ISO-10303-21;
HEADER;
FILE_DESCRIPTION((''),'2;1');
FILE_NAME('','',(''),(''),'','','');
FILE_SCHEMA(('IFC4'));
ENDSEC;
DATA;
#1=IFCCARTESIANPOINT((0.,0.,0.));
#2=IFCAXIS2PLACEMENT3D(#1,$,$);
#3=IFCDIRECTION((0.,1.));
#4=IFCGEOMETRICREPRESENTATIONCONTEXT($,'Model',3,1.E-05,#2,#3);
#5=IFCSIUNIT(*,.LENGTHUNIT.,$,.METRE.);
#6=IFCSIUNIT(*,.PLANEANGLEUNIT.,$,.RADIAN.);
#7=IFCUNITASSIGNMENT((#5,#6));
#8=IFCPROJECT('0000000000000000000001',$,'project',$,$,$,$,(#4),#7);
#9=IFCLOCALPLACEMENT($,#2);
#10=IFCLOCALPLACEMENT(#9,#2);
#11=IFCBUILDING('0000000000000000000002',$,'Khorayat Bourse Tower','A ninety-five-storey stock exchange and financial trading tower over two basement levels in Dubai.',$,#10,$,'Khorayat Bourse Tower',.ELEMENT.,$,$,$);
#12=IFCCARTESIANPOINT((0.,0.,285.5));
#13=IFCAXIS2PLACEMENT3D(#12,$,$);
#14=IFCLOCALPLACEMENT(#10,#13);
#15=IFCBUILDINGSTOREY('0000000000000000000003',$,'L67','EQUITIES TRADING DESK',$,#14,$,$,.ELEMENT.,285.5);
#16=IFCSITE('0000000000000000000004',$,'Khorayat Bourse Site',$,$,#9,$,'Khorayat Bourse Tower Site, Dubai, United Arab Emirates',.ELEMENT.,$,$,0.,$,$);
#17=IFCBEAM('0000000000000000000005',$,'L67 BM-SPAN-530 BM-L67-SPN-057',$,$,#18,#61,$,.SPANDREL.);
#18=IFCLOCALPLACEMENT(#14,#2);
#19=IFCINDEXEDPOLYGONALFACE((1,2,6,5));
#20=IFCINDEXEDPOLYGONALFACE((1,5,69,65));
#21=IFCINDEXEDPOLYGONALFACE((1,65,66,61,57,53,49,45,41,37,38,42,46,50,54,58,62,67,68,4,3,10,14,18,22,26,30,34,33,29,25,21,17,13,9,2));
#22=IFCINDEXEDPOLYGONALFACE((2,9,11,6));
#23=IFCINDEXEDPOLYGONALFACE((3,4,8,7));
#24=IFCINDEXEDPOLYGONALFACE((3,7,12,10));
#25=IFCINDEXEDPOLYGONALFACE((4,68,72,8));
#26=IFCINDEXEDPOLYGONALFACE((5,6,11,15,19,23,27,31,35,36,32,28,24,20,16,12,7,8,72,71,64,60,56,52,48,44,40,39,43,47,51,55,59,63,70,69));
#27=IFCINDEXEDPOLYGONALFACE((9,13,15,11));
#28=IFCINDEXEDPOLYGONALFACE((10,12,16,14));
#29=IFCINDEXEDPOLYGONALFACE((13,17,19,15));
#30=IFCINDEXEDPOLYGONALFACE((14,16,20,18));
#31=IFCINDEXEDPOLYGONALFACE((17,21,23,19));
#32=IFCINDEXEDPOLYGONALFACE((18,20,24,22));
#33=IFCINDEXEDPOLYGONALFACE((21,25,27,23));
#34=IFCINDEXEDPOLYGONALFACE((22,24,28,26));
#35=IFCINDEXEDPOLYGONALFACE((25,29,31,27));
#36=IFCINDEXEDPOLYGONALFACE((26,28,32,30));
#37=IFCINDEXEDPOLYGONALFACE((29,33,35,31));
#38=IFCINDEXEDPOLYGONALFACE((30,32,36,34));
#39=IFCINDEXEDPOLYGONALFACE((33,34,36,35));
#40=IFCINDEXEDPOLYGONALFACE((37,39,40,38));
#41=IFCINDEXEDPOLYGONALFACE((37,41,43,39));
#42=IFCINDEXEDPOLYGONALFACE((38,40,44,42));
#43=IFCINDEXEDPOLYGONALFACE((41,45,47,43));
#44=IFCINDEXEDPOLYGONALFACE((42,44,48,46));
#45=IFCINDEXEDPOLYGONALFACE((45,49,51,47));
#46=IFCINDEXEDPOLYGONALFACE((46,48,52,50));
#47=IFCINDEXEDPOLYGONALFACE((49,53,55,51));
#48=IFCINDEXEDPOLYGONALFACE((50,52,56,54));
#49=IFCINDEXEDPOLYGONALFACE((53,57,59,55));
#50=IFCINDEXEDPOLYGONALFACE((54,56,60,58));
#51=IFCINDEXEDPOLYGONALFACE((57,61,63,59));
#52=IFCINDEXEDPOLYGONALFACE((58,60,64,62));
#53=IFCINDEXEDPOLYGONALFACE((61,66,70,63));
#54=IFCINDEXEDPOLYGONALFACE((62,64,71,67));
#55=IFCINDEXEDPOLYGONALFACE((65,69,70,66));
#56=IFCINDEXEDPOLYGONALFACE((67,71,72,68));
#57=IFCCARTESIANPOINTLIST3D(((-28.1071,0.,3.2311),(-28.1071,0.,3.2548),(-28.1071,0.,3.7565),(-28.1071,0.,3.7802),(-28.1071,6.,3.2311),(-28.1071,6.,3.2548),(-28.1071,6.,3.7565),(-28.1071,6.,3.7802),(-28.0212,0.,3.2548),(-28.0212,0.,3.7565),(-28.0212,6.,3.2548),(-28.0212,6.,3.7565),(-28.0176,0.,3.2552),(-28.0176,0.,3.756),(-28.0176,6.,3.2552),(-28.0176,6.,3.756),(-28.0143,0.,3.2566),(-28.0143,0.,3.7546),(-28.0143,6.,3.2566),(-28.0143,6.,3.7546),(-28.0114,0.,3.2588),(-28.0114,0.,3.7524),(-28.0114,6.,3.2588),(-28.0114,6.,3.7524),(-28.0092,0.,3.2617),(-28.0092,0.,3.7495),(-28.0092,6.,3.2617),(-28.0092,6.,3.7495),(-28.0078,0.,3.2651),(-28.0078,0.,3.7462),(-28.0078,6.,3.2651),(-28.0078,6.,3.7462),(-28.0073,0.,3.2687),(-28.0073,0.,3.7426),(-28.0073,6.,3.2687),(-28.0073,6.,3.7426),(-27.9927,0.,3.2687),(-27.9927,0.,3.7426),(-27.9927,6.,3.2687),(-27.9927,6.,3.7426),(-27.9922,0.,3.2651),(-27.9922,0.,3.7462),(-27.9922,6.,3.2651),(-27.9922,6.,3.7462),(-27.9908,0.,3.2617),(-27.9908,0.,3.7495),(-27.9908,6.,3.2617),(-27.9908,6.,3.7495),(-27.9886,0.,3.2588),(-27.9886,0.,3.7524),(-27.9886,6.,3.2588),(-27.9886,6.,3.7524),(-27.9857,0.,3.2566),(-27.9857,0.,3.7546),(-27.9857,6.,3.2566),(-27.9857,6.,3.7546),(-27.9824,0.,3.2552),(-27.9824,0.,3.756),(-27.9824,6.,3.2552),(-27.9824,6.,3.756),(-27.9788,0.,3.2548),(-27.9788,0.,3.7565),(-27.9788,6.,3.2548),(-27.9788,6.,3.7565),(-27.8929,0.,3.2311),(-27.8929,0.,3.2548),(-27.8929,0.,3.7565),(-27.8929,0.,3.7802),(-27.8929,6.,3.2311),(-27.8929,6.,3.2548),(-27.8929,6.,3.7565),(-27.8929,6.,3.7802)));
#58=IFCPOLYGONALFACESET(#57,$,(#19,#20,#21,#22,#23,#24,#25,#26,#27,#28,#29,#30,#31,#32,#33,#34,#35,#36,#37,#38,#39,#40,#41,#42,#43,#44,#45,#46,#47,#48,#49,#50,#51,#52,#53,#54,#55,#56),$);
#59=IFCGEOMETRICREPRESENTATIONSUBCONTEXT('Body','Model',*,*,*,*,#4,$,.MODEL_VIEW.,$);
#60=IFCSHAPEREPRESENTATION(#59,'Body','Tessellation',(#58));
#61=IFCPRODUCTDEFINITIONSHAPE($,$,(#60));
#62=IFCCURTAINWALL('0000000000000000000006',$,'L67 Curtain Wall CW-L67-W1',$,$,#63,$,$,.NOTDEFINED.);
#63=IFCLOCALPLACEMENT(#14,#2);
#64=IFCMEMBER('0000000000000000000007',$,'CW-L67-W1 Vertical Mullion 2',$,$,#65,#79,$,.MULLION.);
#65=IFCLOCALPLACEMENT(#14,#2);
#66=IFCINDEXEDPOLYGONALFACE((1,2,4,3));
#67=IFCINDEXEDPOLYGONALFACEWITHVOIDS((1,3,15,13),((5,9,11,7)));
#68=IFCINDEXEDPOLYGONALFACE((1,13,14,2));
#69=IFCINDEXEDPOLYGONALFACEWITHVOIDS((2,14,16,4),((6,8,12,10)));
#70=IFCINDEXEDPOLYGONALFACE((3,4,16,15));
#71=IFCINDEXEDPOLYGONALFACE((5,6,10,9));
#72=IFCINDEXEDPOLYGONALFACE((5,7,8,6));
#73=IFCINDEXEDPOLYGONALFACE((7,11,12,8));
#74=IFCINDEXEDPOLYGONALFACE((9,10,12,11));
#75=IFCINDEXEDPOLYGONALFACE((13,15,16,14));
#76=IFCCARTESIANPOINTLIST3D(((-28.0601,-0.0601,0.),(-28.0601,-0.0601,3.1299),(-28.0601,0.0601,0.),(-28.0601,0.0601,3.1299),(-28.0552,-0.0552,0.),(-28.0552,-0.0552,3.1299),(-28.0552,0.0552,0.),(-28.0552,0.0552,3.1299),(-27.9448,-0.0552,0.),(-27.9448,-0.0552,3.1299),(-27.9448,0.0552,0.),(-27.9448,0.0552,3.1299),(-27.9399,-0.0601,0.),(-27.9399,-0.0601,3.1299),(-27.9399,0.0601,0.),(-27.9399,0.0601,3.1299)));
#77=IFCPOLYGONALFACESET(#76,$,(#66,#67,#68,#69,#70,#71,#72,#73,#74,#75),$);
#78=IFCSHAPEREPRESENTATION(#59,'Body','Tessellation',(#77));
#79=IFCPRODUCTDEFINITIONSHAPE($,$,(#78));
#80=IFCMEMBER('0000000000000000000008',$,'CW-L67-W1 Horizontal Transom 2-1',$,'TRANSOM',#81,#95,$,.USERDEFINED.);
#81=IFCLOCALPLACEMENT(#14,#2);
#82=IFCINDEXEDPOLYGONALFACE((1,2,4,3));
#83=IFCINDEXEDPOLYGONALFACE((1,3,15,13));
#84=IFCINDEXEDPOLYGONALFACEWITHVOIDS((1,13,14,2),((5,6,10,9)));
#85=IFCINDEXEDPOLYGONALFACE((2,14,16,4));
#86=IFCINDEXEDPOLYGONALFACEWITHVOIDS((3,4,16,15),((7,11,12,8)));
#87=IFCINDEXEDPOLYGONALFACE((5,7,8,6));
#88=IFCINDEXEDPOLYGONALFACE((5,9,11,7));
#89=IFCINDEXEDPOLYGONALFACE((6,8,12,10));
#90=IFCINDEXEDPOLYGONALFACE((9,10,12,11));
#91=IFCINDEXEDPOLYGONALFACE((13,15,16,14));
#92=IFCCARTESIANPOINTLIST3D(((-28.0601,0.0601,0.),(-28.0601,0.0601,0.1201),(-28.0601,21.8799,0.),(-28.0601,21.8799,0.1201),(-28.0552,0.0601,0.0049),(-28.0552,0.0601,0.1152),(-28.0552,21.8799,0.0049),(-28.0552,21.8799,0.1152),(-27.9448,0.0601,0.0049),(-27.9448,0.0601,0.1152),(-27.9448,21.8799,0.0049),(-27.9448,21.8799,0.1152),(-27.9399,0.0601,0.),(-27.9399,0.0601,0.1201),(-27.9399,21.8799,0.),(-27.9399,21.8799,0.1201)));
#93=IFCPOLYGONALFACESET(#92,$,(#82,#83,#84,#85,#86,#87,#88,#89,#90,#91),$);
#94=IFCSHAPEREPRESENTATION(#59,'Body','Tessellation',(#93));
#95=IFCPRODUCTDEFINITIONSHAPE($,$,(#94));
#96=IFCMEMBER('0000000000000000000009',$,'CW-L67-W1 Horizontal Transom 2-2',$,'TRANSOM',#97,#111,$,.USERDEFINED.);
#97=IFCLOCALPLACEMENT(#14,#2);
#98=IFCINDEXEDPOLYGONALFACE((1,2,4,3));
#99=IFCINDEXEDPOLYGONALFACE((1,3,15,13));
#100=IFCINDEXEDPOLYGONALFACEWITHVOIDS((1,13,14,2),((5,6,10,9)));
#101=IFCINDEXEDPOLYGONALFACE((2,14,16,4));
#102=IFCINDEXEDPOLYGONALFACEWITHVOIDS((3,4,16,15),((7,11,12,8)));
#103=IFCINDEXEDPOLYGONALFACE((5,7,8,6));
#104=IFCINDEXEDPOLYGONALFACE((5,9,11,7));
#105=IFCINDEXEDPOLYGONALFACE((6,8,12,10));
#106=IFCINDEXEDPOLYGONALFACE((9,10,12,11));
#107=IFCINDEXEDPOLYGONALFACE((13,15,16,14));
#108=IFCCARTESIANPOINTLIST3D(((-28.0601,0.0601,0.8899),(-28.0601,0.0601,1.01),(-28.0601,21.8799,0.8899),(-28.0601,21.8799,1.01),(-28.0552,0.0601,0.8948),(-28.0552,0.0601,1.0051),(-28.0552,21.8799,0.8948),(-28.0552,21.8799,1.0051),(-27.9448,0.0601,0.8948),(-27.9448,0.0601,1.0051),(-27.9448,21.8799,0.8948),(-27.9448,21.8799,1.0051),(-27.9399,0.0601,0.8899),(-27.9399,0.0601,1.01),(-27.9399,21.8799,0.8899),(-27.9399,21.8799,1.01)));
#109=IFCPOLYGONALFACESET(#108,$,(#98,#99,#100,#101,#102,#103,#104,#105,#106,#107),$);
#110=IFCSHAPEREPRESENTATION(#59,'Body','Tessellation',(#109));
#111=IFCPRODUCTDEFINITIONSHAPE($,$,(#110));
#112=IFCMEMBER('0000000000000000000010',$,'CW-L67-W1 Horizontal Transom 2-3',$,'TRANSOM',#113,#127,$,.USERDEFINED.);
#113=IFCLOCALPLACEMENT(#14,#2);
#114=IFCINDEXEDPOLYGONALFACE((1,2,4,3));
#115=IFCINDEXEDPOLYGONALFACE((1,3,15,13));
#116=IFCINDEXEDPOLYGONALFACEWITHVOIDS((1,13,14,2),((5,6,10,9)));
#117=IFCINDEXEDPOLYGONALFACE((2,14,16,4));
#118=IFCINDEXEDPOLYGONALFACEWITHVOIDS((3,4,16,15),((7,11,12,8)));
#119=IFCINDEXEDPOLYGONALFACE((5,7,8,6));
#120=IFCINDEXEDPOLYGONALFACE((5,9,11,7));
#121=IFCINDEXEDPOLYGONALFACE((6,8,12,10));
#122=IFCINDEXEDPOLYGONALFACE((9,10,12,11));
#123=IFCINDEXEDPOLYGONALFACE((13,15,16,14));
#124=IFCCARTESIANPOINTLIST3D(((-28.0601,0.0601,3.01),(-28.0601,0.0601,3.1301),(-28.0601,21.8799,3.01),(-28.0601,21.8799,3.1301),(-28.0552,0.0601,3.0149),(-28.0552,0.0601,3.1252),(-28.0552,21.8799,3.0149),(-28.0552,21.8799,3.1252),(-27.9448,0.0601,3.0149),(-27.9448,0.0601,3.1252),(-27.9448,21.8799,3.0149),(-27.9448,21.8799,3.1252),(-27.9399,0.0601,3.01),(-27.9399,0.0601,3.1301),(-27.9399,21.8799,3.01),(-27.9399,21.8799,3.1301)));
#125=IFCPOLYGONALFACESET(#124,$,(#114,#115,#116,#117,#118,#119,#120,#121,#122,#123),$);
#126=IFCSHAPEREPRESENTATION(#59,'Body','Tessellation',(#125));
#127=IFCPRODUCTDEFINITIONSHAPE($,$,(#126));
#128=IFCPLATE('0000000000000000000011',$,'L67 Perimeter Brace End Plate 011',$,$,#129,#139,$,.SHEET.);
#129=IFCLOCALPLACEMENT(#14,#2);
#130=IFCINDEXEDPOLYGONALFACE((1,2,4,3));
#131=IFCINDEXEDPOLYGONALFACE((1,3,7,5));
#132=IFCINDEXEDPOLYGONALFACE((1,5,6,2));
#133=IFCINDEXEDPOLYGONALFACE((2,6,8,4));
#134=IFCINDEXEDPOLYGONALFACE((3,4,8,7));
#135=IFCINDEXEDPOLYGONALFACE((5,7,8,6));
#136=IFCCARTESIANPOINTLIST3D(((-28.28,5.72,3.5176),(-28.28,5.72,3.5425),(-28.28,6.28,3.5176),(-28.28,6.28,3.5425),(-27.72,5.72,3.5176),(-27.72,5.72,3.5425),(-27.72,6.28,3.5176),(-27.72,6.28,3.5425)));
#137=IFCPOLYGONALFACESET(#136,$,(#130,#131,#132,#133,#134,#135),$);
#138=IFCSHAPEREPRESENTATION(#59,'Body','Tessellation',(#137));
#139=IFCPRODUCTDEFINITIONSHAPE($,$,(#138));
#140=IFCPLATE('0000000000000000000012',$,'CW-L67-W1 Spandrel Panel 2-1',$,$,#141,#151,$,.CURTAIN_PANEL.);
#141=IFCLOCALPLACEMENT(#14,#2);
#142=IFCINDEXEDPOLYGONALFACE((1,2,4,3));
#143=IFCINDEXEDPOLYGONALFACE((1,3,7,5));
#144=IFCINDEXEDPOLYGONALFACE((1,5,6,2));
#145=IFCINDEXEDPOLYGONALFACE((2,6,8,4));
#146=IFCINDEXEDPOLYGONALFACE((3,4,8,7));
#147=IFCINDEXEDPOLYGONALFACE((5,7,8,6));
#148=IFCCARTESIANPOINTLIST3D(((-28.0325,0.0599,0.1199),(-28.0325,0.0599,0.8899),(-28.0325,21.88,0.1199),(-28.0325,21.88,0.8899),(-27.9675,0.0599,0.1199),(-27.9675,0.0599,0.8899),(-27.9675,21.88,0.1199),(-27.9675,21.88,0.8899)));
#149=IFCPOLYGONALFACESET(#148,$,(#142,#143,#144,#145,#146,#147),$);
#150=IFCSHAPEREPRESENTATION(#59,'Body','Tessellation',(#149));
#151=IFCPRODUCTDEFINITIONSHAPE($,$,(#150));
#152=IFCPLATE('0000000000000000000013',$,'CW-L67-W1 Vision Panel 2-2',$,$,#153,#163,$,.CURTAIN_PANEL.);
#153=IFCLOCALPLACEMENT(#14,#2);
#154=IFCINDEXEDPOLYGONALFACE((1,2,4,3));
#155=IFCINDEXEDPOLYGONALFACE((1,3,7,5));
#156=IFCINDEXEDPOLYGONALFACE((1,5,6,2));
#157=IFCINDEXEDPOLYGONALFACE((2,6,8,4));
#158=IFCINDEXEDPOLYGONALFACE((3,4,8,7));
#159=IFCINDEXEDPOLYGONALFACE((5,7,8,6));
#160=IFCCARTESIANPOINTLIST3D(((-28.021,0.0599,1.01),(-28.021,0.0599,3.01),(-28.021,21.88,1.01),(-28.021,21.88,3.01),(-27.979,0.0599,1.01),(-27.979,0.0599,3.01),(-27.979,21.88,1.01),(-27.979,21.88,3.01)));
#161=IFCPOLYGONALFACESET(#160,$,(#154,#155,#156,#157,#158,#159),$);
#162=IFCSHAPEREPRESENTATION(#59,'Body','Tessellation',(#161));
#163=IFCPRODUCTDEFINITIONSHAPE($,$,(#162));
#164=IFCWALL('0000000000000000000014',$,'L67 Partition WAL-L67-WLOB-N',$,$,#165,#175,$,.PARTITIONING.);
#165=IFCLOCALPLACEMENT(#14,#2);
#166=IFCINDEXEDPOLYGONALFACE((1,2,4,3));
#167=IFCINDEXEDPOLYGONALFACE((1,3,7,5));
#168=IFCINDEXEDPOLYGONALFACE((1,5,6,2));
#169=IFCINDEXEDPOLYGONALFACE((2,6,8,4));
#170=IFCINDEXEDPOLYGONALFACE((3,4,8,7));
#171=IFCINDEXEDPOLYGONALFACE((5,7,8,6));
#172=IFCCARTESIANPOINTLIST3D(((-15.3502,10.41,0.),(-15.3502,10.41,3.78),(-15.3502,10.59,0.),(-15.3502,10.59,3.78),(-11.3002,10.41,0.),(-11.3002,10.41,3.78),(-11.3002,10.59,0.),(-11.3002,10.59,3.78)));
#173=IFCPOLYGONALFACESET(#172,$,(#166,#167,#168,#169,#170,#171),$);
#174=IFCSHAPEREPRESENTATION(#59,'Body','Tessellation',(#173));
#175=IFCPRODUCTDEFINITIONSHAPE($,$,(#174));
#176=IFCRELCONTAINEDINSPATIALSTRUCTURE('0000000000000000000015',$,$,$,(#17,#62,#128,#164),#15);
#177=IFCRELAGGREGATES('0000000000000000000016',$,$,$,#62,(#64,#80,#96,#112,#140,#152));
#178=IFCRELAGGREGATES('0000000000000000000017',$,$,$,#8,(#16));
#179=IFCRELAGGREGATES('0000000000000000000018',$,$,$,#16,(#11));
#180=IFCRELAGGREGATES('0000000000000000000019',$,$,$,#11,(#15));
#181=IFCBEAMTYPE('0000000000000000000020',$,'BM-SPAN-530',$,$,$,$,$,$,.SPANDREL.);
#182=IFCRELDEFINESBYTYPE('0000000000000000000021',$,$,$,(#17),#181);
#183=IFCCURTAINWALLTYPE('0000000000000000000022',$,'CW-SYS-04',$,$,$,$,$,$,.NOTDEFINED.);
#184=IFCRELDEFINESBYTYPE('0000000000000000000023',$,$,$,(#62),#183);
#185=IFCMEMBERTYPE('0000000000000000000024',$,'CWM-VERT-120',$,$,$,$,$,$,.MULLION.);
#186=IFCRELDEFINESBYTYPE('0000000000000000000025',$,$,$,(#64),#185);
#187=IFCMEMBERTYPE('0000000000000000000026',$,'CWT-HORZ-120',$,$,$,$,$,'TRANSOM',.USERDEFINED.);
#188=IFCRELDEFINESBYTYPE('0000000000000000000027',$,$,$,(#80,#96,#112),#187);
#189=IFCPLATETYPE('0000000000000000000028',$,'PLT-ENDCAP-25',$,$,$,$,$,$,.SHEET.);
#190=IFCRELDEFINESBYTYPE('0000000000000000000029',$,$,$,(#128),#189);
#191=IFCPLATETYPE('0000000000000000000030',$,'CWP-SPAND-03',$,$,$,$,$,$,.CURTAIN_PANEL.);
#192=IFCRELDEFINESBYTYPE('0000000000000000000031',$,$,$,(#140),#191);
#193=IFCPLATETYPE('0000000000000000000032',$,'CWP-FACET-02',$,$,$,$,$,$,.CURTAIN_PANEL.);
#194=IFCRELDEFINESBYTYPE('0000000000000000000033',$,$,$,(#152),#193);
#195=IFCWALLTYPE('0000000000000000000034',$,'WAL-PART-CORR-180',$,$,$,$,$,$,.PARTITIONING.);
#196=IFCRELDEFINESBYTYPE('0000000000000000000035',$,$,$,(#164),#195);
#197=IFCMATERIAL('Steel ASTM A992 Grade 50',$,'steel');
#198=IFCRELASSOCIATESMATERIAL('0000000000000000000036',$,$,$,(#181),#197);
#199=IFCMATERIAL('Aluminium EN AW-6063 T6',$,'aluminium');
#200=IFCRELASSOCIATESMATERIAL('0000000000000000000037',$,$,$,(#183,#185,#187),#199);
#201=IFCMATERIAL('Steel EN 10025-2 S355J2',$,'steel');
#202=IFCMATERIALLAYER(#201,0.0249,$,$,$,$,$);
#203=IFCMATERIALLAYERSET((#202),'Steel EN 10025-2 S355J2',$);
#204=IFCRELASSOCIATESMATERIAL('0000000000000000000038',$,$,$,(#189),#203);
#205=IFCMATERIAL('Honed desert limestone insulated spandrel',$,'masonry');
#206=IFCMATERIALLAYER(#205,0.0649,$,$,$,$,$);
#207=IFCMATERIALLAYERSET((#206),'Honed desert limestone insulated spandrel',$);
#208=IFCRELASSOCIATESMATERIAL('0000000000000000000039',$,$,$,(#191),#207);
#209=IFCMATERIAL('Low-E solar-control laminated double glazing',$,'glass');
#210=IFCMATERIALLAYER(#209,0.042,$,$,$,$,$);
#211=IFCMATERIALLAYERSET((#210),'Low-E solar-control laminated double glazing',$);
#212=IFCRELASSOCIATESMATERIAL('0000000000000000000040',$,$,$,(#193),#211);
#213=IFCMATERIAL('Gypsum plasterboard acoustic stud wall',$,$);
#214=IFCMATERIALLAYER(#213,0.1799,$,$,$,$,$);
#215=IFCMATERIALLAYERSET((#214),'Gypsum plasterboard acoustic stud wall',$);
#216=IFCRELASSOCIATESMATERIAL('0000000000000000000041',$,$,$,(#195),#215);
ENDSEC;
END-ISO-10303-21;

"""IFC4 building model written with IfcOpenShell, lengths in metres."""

from ifc_helpers import new_model, si_unit, direction, frame, frame_2d, origin, origin_2d, place, context, subcontext, project, spatial, rectangle, hollow_rectangle, i_section, extrude, source, transform, mapped, material, layer, layer_set, material_profile, profile_set, type_object, element, aggregate, save


model = new_model("IFC4")

# Units and contexts
model_context = context("Model", 3, precision=1e-05, world=origin(), true_north=direction((0.0, 1.0)))
body_context = subcontext(model_context, "Body", "Model", "MODEL_VIEW")
ifc_project = project(units=[si_unit("LENGTHUNIT", "METRE"), si_unit("PLANEANGLEUNIT", "RADIAN")], contexts=[model_context])

# Site, building, storey
site_placement = place(None, origin())
site = spatial("IfcSite", under=ifc_project, at=site_placement, Name="Khorayat Bourse Site", LongName="Khorayat Bourse Tower Site, Dubai, United Arab Emirates", CompositionType="ELEMENT", RefElevation=0.0)
building_placement = place(site_placement, origin())
building = spatial("IfcBuilding", under=site, at=building_placement, Name="Khorayat Bourse Tower", Description="A ninety-five-storey stock exchange and financial trading tower over two basement levels in Dubai.", LongName="Khorayat Bourse Tower", CompositionType="ELEMENT")
storey_placement = place(building_placement, frame((0.0, 0.0, 285.5)))
storey = spatial("IfcBuildingStorey", under=building, at=storey_placement, Name="L67", Description="EQUITIES TRADING DESK", CompositionType="ELEMENT", Elevation=285.5)

# Beam
ifc_material_1 = material(Name="Steel ASTM A992 Grade 50", Category="steel")
ifc_material_profile_1 = material_profile(ifc_material_1, i_section(OverallWidth=0.2141, OverallDepth=0.5491, WebThickness=0.0146, FlangeThickness=0.0237, FilletRadius=0.0139, at=origin_2d()), Name="W530X138")
ifc_profile_set_1 = profile_set([ifc_material_profile_1], Name="Steel ASTM A992 Grade 50")
beam_type_1 = type_object("IfcBeamType", Name="BM-SPAN-530", PredefinedType="SPANDREL", material=ifc_profile_set_1)
shared_shape_1 = source(origin(), body_context, "Body", "SweptSolid", [
    extrude(i_section(OverallWidth=0.2141, OverallDepth=0.5491, WebThickness=0.0146, FlangeThickness=0.0237, FilletRadius=0.0139, at=origin_2d()), origin(), (0.0, 0.0, 1.0), 6.0),
])
beam_1_placement = place(storey_placement, frame((-28.0, 0.0, 3.5056), z_axis=(0.0, 1.0, 0.0), x_axis=(-1.0, 0.0, 0.0)))
element("IfcBeam", 1, at=beam_1_placement, inside=storey, type_object=beam_type_1, Name="L67 BM-SPAN-530 BM-L67-SPN-057", PredefinedType="SPANDREL", context=body_context, shape_type="MappedRepresentation", body=[
    mapped(shared_shape_1, transform((0.0, 0.0, 0.0), scale=1.0)),
])

# Curtain wall, members
ifc_material_2 = material(Name="Aluminium EN AW-6063 T6", Category="aluminium")
curtain_wall_type = type_object("IfcCurtainWallType", Name="CW-SYS-04", PredefinedType="NOTDEFINED", material=ifc_material_2)
curtain_wall_placement = place(storey_placement, origin())
curtain_wall = element("IfcCurtainWall", 2, at=curtain_wall_placement, inside=storey, type_object=curtain_wall_type, Name="L67 Curtain Wall CW-L67-W1", PredefinedType="NOTDEFINED")
ifc_material_profile_2 = material_profile(ifc_material_2, hollow_rectangle(XDim=0.1201, YDim=0.1201, WallThickness=0.0049, at=origin_2d()), Name="ALU 120x120x5")
ifc_profile_set_2 = profile_set([ifc_material_profile_2], Name="Aluminium EN AW-6063 T6")
member_type_1 = type_object("IfcMemberType", Name="CWM-VERT-120", PredefinedType="MULLION", material=ifc_profile_set_2)
shared_shape_2 = source(origin(), body_context, "Body", "SweptSolid", [
    extrude(hollow_rectangle(XDim=0.1201, YDim=0.1201, WallThickness=0.0049, at=origin_2d()), origin(), (0.0, 0.0, 1.0), 3.1299),
])
member_1_placement = place(storey_placement, frame((-28.0, 0.0, 0.0), z_axis=(0.0, 0.0, 1.0), x_axis=(-1.0, 0.0, 0.0)))
member_1 = element("IfcMember", 3, at=member_1_placement, type_object=member_type_1, Name="CW-L67-W1 Vertical Mullion 2", PredefinedType="MULLION", context=body_context, shape_type="MappedRepresentation", body=[
    mapped(shared_shape_2, transform((0.0, 0.0, 0.0), scale=1.0)),
])
ifc_material_profile_3 = material_profile(ifc_material_2, hollow_rectangle(XDim=0.1201, YDim=0.1201, WallThickness=0.0049, at=origin_2d()), Name="ALU 120x120x5")
ifc_profile_set_3 = profile_set([ifc_material_profile_3], Name="Aluminium EN AW-6063 T6")
member_type_2 = type_object("IfcMemberType", Name="CWT-HORZ-120", ElementType="TRANSOM", PredefinedType="USERDEFINED", material=ifc_profile_set_3)
shared_shape_3 = source(origin(), body_context, "Body", "SweptSolid", [
    extrude(hollow_rectangle(XDim=0.1201, YDim=0.1201, WallThickness=0.0049, at=origin_2d()), origin(), (0.0, 0.0, 1.0), 21.8198),
])
member_2_placement = place(storey_placement, frame((-28.0, 0.0601, 0.0601), z_axis=(0.0, 1.0, 0.0), x_axis=(-1.0, 0.0, 0.0)))
member_2 = element("IfcMember", 4, at=member_2_placement, type_object=member_type_2, Name="CW-L67-W1 Horizontal Transom 2-1", ObjectType="TRANSOM", PredefinedType="USERDEFINED", context=body_context, shape_type="MappedRepresentation", body=[
    mapped(shared_shape_3, transform((0.0, 0.0, 0.0), scale=1.0)),
])
member_3_placement = place(storey_placement, frame((-28.0, 0.0601, 0.95), z_axis=(0.0, 1.0, 0.0), x_axis=(-1.0, 0.0, 0.0)))
member_3 = element("IfcMember", 5, at=member_3_placement, type_object=member_type_2, Name="CW-L67-W1 Horizontal Transom 2-2", ObjectType="TRANSOM", PredefinedType="USERDEFINED", context=body_context, shape_type="MappedRepresentation", body=[
    mapped(shared_shape_3, transform((0.0, 0.0, 0.0), scale=1.0)),
])
member_4_placement = place(storey_placement, frame((-28.0, 0.0601, 3.0701), z_axis=(0.0, 1.0, 0.0), x_axis=(-1.0, 0.0, 0.0)))
member_4 = element("IfcMember", 6, at=member_4_placement, type_object=member_type_2, Name="CW-L67-W1 Horizontal Transom 2-3", ObjectType="TRANSOM", PredefinedType="USERDEFINED", context=body_context, shape_type="MappedRepresentation", body=[
    mapped(shared_shape_3, transform((0.0, 0.0, 0.0), scale=1.0)),
])

# Plates
ifc_material_3 = material(Name="Steel EN 10025-2 S355J2", Category="steel")
ifc_layer_1 = layer(ifc_material_3, 0.0249)
ifc_layer_set_1 = layer_set([ifc_layer_1], Name="Steel EN 10025-2 S355J2")
plate_type_1 = type_object("IfcPlateType", Name="PLT-ENDCAP-25", PredefinedType="SHEET", material=ifc_layer_set_1)
shared_shape_4 = source(origin(), body_context, "Body", "SweptSolid", [
    extrude(rectangle(XDim=0.5601, YDim=0.5601, at=origin_2d()), origin(), (0.0, 0.0, 1.0), 0.0249),
])
plate_1_placement = place(storey_placement, frame((-28.0, 6.0, 3.5176), z_axis=(0.0, 0.0, 1.0), x_axis=(1.0, 0.0, 0.0)))
element("IfcPlate", 7, at=plate_1_placement, inside=storey, type_object=plate_type_1, Name="L67 Perimeter Brace End Plate 011", PredefinedType="SHEET", context=body_context, shape_type="MappedRepresentation", body=[
    mapped(shared_shape_4, transform((0.0, 0.0, 0.0), scale=1.0)),
])
ifc_material_4 = material(Name="Honed desert limestone insulated spandrel", Category="masonry")
ifc_layer_2 = layer(ifc_material_4, 0.0649)
ifc_layer_set_2 = layer_set([ifc_layer_2], Name="Honed desert limestone insulated spandrel")
plate_type_2 = type_object("IfcPlateType", Name="CWP-SPAND-03", PredefinedType="CURTAIN_PANEL", material=ifc_layer_set_2)
shared_shape_5 = source(origin(), body_context, "Body", "SweptSolid", [
    extrude(rectangle(XDim=21.8201, YDim=0.0649, at=origin_2d()), origin(), (0.0, 0.0, 1.0), 0.77),
])
plate_2_placement = place(storey_placement, frame((-28.0, 10.97, 0.1199), z_axis=(0.0, 0.0, 1.0), x_axis=(0.0, 1.0, 0.0)))
plate_2 = element("IfcPlate", 8, at=plate_2_placement, type_object=plate_type_2, Name="CW-L67-W1 Spandrel Panel 2-1", PredefinedType="CURTAIN_PANEL", context=body_context, shape_type="MappedRepresentation", body=[
    mapped(shared_shape_5, transform((0.0, 0.0, 0.0), scale=1.0)),
])
ifc_material_5 = material(Name="Low-E solar-control laminated double glazing", Category="glass")
ifc_layer_3 = layer(ifc_material_5, 0.042)
ifc_layer_set_3 = layer_set([ifc_layer_3], Name="Low-E solar-control laminated double glazing")
plate_type_3 = type_object("IfcPlateType", Name="CWP-FACET-02", PredefinedType="CURTAIN_PANEL", material=ifc_layer_set_3)
shared_shape_6 = source(origin(), body_context, "Body", "SweptSolid", [
    extrude(rectangle(XDim=21.8201, YDim=0.042, at=origin_2d()), origin(), (0.0, 0.0, 1.0), 2.0),
])
plate_3_placement = place(storey_placement, frame((-28.0, 10.97, 1.01), z_axis=(0.0, 0.0, 1.0), x_axis=(0.0, 1.0, 0.0)))
plate_3 = element("IfcPlate", 9, at=plate_3_placement, type_object=plate_type_3, Name="CW-L67-W1 Vision Panel 2-2", PredefinedType="CURTAIN_PANEL", context=body_context, shape_type="MappedRepresentation", body=[
    mapped(shared_shape_6, transform((0.0, 0.0, 0.0), scale=1.0)),
])
aggregate(curtain_wall, [member_1, member_2, member_3, member_4, plate_2, plate_3])

# Wall
ifc_material_6 = material(Name="Gypsum plasterboard acoustic stud wall")
ifc_layer_4 = layer(ifc_material_6, 0.1799)
ifc_layer_set_4 = layer_set([ifc_layer_4], Name="Gypsum plasterboard acoustic stud wall")
wall_type_1 = type_object("IfcWallType", Name="WAL-PART-CORR-180", PredefinedType="PARTITIONING", material=ifc_layer_set_4)
shared_shape_7 = source(origin(), body_context, "Body", "SweptSolid", [
    extrude(rectangle(XDim=4.05, YDim=0.1799, at=frame_2d((2.0249, 0.0))), origin(), (0.0, 0.0, 1.0), 3.78),
])
wall_1_placement = place(storey_placement, frame((-15.3501, 10.5, 0.0), z_axis=(0.0, 0.0, 1.0), x_axis=(1.0, 0.0, 0.0)))
element("IfcWall", 10, at=wall_1_placement, inside=storey, type_object=wall_type_1, Name="L67 Partition WAL-L67-WLOB-N", PredefinedType="PARTITIONING", context=body_context, shape_type="MappedRepresentation", body=[
    mapped(shared_shape_7, transform((0.0, 0.0, 0.0), scale=1.0)),
])

save(model, "model.ifc")
